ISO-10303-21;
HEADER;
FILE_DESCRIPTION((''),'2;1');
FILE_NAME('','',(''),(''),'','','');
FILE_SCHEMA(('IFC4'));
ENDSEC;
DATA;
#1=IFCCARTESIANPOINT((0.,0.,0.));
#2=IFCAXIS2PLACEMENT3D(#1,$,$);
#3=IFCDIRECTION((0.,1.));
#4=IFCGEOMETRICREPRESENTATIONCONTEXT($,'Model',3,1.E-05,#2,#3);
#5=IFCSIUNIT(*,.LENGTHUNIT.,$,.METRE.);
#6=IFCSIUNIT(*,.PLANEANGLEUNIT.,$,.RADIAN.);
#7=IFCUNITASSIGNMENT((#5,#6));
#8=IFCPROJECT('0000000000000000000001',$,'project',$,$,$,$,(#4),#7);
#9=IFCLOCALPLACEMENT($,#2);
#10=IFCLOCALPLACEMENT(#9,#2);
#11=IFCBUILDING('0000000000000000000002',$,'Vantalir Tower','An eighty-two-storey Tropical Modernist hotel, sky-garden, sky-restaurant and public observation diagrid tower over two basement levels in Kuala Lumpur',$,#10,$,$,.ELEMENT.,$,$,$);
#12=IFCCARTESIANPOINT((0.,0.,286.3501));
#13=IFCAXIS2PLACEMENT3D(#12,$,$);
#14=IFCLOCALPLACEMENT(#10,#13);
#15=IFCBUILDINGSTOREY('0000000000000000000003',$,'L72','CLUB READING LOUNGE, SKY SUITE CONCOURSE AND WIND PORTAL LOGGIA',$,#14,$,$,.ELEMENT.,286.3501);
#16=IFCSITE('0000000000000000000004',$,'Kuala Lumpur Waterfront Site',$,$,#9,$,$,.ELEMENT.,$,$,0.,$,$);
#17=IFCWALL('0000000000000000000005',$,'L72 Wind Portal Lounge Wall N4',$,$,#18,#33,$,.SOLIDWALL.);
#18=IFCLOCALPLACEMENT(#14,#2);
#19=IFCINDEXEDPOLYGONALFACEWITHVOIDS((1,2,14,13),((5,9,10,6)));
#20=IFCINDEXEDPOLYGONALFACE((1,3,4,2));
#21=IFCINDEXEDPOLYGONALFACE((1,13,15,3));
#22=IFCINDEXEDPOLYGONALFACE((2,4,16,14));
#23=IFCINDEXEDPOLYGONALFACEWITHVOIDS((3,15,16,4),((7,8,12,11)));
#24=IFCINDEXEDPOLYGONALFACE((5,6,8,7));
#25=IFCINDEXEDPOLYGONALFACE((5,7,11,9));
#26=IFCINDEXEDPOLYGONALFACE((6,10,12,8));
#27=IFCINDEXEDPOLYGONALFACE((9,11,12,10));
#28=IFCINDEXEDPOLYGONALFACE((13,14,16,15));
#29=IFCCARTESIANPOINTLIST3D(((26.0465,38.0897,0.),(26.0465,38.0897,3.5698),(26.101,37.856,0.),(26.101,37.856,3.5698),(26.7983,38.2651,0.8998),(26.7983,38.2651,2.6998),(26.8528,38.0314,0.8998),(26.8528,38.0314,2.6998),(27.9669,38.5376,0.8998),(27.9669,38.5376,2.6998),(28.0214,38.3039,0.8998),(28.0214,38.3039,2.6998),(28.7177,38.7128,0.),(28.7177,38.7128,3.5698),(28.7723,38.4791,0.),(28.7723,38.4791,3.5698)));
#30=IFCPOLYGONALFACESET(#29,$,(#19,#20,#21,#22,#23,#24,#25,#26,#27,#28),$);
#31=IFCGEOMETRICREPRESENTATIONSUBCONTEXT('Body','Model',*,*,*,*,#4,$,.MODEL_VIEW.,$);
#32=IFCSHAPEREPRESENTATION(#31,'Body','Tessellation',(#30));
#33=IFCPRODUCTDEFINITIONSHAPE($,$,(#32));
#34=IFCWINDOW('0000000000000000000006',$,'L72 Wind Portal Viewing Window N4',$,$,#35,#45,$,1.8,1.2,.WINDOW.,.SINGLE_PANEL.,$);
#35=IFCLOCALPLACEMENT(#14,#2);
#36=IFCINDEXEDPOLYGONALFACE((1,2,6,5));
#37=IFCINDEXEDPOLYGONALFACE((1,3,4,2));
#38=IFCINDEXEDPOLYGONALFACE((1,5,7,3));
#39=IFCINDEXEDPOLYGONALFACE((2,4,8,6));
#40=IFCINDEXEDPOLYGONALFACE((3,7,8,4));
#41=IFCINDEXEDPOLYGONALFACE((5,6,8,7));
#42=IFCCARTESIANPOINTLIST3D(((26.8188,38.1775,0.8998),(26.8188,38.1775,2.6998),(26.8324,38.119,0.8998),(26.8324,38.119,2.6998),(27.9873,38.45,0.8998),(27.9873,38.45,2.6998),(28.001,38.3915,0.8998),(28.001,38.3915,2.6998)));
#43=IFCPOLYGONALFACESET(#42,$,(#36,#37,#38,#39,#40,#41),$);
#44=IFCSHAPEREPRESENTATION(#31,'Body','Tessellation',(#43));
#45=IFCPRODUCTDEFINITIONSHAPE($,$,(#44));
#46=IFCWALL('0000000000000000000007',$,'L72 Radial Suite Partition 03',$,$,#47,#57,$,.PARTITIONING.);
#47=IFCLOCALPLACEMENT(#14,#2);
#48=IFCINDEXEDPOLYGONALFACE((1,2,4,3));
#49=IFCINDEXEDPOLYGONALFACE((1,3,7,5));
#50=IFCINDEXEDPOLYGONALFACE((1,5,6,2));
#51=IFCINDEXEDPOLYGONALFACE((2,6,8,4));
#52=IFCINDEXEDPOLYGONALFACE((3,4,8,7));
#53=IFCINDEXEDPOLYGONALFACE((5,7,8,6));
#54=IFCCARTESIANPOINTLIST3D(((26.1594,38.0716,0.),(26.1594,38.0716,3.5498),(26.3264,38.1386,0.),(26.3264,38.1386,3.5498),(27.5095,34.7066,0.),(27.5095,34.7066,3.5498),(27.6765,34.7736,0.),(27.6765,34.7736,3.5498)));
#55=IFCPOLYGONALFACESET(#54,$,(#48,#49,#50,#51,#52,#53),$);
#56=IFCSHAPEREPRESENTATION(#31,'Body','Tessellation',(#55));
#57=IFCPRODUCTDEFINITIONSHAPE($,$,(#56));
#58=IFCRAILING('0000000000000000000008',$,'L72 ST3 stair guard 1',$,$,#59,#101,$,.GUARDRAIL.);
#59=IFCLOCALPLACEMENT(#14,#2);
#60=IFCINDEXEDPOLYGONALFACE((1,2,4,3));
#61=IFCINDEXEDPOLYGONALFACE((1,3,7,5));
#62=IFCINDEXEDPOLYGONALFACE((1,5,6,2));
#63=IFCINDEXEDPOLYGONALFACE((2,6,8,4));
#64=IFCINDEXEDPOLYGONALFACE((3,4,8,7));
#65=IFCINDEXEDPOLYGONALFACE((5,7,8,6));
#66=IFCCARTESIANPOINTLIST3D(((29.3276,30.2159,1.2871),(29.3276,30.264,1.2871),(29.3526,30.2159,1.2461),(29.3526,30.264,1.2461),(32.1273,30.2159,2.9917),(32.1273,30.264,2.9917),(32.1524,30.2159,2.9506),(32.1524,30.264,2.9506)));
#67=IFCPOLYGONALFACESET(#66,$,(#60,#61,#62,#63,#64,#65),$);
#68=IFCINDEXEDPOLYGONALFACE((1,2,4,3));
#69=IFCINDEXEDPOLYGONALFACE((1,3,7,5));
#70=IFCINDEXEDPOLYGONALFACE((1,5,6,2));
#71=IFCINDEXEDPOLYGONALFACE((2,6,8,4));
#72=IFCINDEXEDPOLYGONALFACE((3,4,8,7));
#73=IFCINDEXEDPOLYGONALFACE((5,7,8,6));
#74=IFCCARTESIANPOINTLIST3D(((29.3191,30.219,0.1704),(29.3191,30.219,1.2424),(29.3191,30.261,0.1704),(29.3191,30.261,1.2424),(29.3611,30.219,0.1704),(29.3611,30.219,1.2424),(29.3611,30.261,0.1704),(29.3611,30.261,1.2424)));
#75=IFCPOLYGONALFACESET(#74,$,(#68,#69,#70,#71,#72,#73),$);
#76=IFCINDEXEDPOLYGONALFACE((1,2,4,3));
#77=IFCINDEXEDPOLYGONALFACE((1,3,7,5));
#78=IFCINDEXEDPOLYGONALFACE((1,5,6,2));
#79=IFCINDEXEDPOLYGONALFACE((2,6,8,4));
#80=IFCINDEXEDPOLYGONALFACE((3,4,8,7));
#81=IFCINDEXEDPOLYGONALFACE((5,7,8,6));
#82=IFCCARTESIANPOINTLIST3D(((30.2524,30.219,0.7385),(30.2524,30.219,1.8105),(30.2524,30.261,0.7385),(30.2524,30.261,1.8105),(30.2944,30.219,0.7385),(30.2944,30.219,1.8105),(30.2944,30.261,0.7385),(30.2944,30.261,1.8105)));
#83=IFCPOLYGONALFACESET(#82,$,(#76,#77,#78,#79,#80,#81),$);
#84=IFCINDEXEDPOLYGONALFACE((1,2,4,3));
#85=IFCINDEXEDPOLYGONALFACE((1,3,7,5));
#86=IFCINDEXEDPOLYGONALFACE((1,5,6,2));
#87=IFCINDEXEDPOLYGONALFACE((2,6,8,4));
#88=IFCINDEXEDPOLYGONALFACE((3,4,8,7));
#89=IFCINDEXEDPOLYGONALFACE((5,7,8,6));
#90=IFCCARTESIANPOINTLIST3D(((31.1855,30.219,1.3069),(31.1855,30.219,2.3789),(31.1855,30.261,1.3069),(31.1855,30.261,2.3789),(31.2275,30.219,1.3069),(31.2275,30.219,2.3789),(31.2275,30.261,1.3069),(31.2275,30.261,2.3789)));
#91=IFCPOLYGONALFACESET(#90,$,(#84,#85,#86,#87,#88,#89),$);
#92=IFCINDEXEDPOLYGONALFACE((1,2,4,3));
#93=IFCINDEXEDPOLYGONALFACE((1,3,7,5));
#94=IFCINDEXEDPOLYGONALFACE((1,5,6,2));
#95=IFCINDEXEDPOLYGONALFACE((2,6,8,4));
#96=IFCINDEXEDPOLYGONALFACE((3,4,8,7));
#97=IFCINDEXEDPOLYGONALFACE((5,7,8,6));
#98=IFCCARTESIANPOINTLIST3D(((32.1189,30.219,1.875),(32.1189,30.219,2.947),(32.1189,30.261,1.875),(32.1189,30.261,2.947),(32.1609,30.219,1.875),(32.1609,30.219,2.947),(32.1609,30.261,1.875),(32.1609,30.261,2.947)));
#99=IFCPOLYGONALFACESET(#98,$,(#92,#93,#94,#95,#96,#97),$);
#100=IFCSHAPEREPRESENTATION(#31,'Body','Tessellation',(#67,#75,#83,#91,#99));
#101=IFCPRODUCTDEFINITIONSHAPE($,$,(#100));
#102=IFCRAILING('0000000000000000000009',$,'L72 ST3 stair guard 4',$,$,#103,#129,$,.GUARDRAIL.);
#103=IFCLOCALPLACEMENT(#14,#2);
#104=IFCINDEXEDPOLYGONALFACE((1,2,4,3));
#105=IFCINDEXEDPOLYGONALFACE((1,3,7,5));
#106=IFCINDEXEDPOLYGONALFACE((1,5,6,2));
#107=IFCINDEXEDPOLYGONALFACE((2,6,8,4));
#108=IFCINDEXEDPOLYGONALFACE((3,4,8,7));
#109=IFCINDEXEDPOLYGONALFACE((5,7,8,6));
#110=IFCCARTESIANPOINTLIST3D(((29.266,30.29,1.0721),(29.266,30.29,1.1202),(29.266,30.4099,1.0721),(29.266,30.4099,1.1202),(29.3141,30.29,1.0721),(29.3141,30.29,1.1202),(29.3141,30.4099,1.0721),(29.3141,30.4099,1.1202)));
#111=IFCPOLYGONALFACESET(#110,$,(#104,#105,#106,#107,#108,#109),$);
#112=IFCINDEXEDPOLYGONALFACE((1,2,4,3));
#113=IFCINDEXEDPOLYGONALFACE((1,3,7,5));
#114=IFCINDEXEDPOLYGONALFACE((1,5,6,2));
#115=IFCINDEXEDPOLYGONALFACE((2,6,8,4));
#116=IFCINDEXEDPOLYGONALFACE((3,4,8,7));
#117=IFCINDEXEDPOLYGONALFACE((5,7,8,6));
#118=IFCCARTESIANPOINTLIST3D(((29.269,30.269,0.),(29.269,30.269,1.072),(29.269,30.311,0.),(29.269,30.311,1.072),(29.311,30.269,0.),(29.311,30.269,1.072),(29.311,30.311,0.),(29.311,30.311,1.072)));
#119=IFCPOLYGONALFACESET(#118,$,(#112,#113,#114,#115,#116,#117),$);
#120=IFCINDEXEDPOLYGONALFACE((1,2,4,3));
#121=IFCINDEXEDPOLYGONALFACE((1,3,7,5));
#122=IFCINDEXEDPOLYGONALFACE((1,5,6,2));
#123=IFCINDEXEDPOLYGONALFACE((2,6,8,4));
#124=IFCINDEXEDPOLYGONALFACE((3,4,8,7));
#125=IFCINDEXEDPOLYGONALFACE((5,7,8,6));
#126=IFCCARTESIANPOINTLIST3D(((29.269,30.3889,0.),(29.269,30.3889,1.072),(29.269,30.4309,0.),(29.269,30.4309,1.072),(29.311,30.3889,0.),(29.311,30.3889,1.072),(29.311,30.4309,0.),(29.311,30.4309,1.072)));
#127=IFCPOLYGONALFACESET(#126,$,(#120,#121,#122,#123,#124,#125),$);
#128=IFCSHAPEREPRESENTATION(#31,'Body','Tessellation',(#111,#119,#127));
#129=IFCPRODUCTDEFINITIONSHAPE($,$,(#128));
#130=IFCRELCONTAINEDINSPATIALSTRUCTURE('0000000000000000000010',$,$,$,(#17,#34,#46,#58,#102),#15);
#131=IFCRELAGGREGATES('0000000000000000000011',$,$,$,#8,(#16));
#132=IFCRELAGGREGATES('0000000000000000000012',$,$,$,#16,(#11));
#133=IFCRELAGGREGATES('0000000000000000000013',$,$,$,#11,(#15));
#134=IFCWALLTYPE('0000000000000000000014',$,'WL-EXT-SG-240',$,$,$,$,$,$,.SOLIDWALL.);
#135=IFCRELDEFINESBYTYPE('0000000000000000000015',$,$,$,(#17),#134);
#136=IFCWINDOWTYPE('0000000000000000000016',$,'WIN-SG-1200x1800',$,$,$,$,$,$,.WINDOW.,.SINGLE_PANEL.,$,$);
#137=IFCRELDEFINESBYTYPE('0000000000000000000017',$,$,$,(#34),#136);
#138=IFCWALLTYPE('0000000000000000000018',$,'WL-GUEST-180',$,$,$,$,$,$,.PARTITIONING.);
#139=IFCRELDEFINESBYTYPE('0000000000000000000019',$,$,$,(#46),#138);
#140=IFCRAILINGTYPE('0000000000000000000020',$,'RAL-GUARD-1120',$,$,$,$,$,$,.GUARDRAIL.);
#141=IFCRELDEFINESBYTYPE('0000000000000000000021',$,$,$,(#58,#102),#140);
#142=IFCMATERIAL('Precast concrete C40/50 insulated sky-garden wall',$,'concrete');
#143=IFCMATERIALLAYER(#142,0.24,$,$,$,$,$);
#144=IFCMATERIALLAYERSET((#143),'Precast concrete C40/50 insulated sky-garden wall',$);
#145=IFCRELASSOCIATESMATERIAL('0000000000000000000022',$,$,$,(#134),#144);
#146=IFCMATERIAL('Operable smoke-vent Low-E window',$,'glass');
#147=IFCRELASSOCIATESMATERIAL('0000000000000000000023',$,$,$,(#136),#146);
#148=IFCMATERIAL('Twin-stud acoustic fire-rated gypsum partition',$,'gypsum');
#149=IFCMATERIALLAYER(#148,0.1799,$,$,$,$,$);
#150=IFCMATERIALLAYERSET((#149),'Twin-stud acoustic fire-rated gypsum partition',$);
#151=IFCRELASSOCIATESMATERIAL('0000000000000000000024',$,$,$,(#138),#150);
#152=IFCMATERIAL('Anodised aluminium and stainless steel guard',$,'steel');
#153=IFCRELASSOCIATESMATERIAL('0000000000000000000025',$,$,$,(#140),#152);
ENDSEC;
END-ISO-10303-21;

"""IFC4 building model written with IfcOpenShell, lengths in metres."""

from ifc_helpers import new_model, si_unit, direction, frame, frame_2d, origin, origin_2d, place, context, subcontext, project, spatial, rectangle, extrude, material, layer, layer_set, type_object, element, fill, save


model = new_model("IFC4")

# Units and contexts
model_context = context("Model", 3, precision=1e-05, world=origin(), true_north=direction((0.0, 1.0)))
body_context = subcontext(model_context, "Body", "Model", "MODEL_VIEW")
ifc_project = project(units=[si_unit("LENGTHUNIT", "METRE"), si_unit("PLANEANGLEUNIT", "RADIAN")], contexts=[model_context])

# Site, building, storey
site_placement = place(None, origin())
site = spatial("IfcSite", under=ifc_project, at=site_placement, Name="Kuala Lumpur Waterfront Site", CompositionType="ELEMENT", RefElevation=0.0)
building_placement = place(site_placement, origin())
building = spatial("IfcBuilding", under=site, at=building_placement, Name="Vantalir Tower", Description="An eighty-two-storey Tropical Modernist hotel, sky-garden, sky-restaurant and public observation diagrid tower over two basement levels in Kuala Lumpur", CompositionType="ELEMENT")
storey_placement = place(building_placement, frame((0.0, 0.0, 286.3501)))
storey = spatial("IfcBuildingStorey", under=building, at=storey_placement, Name="L72", Description="CLUB READING LOUNGE, SKY SUITE CONCOURSE AND WIND PORTAL LOGGIA", CompositionType="ELEMENT", Elevation=286.3501)

# Shared definitions
ifc_material_1 = material(Name="Precast concrete C40/50 insulated sky-garden wall", Category="concrete")
ifc_layer_1 = layer(ifc_material_1, 0.24)
ifc_layer_set_1 = layer_set([ifc_layer_1], Name="Precast concrete C40/50 insulated sky-garden wall")
wall_type_1 = type_object("IfcWallType", Name="WL-EXT-SG-240", PredefinedType="SOLIDWALL", material=ifc_layer_set_1)

# Wall, opening, window
wall_1_placement = place(storey_placement, frame((28.7451, 38.5959, 0.0), z_axis=(0.0, 0.0, 1.0), x_axis=(-0.973859, -0.227154, 0.0)))
wall_1 = element("IfcWall", 1, at=wall_1_placement, inside=storey, type_object=wall_type_1, Name="L72 Wind Portal Lounge Wall N4", PredefinedType="SOLIDWALL", context=body_context, shape_type="SweptSolid", body=[
    extrude(rectangle(XDim=2.7429, YDim=0.24, at=frame_2d((1.3716, 0.0))), origin(), (0.0, 0.0, 1.0), 3.5698),
])
opening_1_placement = place(wall_1_placement, frame((0.771, 0.0, 0.8999)))
opening_1 = element("IfcOpeningElement", 2, at=opening_1_placement, cuts=wall_1, PredefinedType="OPENING", context=body_context, shape_type="SweptSolid", body=[
    extrude(rectangle(XDim=1.2, YDim=1.8, at=frame_2d((0.6001, 0.8999))), frame((0.0, 0.1299, 0.0), z_axis=(0.0, -1.0, 0.0), x_axis=(1.0, 0.0, 0.0)), (0.0, 0.0, 1.0), 0.26),
])
ifc_material_2 = material(Name="Operable smoke-vent Low-E window", Category="glass")
window_type = type_object("IfcWindowType", Name="WIN-SG-1200x1800", PartitioningType="SINGLE_PANEL", PredefinedType="WINDOW", material=ifc_material_2)
window_placement = place(opening_1_placement, origin())
window = element("IfcWindow", 3, at=window_placement, inside=storey, type_object=window_type, Name="L72 Wind Portal Viewing Window N4", OverallHeight=1.8, OverallWidth=1.2, PartitioningType="SINGLE_PANEL", PredefinedType="WINDOW", context=body_context, shape_type="SweptSolid", body=[
    extrude(rectangle(XDim=1.2, YDim=1.8, at=frame_2d((0.6001, 0.8999))), frame((0.0, 0.03, 0.0), z_axis=(0.0, -1.0, 0.0), x_axis=(1.0, 0.0, 0.0)), (0.0, 0.0, 1.0), 0.0601),
])
fill(opening_1, window)

# Wall
ifc_material_3 = material(Name="Twin-stud acoustic fire-rated gypsum partition", Category="gypsum")
ifc_layer_2 = layer(ifc_material_3, 0.1799)
ifc_layer_set_2 = layer_set([ifc_layer_2], Name="Twin-stud acoustic fire-rated gypsum partition")
wall_type_2 = type_object("IfcWallType", Name="WL-GUEST-180", PredefinedType="PARTITIONING", material=ifc_layer_set_2)
wall_2_placement = place(storey_placement, frame((27.593, 34.74, 0.0), z_axis=(0.0, 0.0, 1.0), x_axis=(-0.372366, 0.928086, 0.0)))
element("IfcWall", 4, at=wall_2_placement, inside=storey, type_object=wall_type_2, Name="L72 Radial Suite Partition 03", PredefinedType="PARTITIONING", context=body_context, shape_type="SweptSolid", body=[
    extrude(rectangle(XDim=3.6257, YDim=0.1799, at=frame_2d((1.813, 0.0))), origin(), (0.0, 0.0, 1.0), 3.5498),
])

# Railings
ifc_material_4 = material(Name="Anodised aluminium and stainless steel guard", Category="steel")
railing_type = type_object("IfcRailingType", Name="RAL-GUARD-1120", PredefinedType="GUARDRAIL", material=ifc_material_4)
railing_1_placement = place(storey_placement, frame((29.3401, 30.24, 0.1704)))
element("IfcRailing", 5, at=railing_1_placement, inside=storey, type_object=railing_type, Name="L72 ST3 stair guard 1", PredefinedType="GUARDRAIL", context=body_context, shape_type="SweptSolid", body=[
    extrude(rectangle(XDim=0.0481, YDim=0.0481, at=origin_2d()), frame((0.0, 0.0, 1.0962), z_axis=(0.85415, 0.0, 0.520027), x_axis=(0.0, 1.0, 0.0)), (0.0, 0.0, 1.0), 3.2778),
    extrude(rectangle(XDim=0.042, YDim=0.042, at=origin_2d()), origin(), (0.0, 0.0, 1.0), 1.072),
    extrude(rectangle(XDim=0.042, YDim=0.042, at=origin_2d()), frame((0.9333, 0.0, 0.5681)), (0.0, 0.0, 1.0), 1.072),
    extrude(rectangle(XDim=0.042, YDim=0.042, at=origin_2d()), frame((1.8665, 0.0, 1.1365)), (0.0, 0.0, 1.0), 1.072),
    extrude(rectangle(XDim=0.042, YDim=0.042, at=origin_2d()), frame((2.7998, 0.0, 1.7046)), (0.0, 0.0, 1.0), 1.072),
])
railing_2_placement = place(storey_placement, frame((29.29, 30.29, 0.0)))
element("IfcRailing", 6, at=railing_2_placement, inside=storey, type_object=railing_type, Name="L72 ST3 stair guard 4", PredefinedType="GUARDRAIL", context=body_context, shape_type="SweptSolid", body=[
    extrude(rectangle(XDim=0.0481, YDim=0.0481, at=origin_2d()), frame((0.0, 0.0, 1.0962), z_axis=(0.0, 1.0, 0.0), x_axis=(-1.0, 0.0, 0.0)), (0.0, 0.0, 1.0), 0.1199),
    extrude(rectangle(XDim=0.042, YDim=0.042, at=origin_2d()), origin(), (0.0, 0.0, 1.0), 1.072),
    extrude(rectangle(XDim=0.042, YDim=0.042, at=origin_2d()), frame((0.0, 0.1199, 0.0)), (0.0, 0.0, 1.0), 1.072),
])

save(model, "model.ifc")
